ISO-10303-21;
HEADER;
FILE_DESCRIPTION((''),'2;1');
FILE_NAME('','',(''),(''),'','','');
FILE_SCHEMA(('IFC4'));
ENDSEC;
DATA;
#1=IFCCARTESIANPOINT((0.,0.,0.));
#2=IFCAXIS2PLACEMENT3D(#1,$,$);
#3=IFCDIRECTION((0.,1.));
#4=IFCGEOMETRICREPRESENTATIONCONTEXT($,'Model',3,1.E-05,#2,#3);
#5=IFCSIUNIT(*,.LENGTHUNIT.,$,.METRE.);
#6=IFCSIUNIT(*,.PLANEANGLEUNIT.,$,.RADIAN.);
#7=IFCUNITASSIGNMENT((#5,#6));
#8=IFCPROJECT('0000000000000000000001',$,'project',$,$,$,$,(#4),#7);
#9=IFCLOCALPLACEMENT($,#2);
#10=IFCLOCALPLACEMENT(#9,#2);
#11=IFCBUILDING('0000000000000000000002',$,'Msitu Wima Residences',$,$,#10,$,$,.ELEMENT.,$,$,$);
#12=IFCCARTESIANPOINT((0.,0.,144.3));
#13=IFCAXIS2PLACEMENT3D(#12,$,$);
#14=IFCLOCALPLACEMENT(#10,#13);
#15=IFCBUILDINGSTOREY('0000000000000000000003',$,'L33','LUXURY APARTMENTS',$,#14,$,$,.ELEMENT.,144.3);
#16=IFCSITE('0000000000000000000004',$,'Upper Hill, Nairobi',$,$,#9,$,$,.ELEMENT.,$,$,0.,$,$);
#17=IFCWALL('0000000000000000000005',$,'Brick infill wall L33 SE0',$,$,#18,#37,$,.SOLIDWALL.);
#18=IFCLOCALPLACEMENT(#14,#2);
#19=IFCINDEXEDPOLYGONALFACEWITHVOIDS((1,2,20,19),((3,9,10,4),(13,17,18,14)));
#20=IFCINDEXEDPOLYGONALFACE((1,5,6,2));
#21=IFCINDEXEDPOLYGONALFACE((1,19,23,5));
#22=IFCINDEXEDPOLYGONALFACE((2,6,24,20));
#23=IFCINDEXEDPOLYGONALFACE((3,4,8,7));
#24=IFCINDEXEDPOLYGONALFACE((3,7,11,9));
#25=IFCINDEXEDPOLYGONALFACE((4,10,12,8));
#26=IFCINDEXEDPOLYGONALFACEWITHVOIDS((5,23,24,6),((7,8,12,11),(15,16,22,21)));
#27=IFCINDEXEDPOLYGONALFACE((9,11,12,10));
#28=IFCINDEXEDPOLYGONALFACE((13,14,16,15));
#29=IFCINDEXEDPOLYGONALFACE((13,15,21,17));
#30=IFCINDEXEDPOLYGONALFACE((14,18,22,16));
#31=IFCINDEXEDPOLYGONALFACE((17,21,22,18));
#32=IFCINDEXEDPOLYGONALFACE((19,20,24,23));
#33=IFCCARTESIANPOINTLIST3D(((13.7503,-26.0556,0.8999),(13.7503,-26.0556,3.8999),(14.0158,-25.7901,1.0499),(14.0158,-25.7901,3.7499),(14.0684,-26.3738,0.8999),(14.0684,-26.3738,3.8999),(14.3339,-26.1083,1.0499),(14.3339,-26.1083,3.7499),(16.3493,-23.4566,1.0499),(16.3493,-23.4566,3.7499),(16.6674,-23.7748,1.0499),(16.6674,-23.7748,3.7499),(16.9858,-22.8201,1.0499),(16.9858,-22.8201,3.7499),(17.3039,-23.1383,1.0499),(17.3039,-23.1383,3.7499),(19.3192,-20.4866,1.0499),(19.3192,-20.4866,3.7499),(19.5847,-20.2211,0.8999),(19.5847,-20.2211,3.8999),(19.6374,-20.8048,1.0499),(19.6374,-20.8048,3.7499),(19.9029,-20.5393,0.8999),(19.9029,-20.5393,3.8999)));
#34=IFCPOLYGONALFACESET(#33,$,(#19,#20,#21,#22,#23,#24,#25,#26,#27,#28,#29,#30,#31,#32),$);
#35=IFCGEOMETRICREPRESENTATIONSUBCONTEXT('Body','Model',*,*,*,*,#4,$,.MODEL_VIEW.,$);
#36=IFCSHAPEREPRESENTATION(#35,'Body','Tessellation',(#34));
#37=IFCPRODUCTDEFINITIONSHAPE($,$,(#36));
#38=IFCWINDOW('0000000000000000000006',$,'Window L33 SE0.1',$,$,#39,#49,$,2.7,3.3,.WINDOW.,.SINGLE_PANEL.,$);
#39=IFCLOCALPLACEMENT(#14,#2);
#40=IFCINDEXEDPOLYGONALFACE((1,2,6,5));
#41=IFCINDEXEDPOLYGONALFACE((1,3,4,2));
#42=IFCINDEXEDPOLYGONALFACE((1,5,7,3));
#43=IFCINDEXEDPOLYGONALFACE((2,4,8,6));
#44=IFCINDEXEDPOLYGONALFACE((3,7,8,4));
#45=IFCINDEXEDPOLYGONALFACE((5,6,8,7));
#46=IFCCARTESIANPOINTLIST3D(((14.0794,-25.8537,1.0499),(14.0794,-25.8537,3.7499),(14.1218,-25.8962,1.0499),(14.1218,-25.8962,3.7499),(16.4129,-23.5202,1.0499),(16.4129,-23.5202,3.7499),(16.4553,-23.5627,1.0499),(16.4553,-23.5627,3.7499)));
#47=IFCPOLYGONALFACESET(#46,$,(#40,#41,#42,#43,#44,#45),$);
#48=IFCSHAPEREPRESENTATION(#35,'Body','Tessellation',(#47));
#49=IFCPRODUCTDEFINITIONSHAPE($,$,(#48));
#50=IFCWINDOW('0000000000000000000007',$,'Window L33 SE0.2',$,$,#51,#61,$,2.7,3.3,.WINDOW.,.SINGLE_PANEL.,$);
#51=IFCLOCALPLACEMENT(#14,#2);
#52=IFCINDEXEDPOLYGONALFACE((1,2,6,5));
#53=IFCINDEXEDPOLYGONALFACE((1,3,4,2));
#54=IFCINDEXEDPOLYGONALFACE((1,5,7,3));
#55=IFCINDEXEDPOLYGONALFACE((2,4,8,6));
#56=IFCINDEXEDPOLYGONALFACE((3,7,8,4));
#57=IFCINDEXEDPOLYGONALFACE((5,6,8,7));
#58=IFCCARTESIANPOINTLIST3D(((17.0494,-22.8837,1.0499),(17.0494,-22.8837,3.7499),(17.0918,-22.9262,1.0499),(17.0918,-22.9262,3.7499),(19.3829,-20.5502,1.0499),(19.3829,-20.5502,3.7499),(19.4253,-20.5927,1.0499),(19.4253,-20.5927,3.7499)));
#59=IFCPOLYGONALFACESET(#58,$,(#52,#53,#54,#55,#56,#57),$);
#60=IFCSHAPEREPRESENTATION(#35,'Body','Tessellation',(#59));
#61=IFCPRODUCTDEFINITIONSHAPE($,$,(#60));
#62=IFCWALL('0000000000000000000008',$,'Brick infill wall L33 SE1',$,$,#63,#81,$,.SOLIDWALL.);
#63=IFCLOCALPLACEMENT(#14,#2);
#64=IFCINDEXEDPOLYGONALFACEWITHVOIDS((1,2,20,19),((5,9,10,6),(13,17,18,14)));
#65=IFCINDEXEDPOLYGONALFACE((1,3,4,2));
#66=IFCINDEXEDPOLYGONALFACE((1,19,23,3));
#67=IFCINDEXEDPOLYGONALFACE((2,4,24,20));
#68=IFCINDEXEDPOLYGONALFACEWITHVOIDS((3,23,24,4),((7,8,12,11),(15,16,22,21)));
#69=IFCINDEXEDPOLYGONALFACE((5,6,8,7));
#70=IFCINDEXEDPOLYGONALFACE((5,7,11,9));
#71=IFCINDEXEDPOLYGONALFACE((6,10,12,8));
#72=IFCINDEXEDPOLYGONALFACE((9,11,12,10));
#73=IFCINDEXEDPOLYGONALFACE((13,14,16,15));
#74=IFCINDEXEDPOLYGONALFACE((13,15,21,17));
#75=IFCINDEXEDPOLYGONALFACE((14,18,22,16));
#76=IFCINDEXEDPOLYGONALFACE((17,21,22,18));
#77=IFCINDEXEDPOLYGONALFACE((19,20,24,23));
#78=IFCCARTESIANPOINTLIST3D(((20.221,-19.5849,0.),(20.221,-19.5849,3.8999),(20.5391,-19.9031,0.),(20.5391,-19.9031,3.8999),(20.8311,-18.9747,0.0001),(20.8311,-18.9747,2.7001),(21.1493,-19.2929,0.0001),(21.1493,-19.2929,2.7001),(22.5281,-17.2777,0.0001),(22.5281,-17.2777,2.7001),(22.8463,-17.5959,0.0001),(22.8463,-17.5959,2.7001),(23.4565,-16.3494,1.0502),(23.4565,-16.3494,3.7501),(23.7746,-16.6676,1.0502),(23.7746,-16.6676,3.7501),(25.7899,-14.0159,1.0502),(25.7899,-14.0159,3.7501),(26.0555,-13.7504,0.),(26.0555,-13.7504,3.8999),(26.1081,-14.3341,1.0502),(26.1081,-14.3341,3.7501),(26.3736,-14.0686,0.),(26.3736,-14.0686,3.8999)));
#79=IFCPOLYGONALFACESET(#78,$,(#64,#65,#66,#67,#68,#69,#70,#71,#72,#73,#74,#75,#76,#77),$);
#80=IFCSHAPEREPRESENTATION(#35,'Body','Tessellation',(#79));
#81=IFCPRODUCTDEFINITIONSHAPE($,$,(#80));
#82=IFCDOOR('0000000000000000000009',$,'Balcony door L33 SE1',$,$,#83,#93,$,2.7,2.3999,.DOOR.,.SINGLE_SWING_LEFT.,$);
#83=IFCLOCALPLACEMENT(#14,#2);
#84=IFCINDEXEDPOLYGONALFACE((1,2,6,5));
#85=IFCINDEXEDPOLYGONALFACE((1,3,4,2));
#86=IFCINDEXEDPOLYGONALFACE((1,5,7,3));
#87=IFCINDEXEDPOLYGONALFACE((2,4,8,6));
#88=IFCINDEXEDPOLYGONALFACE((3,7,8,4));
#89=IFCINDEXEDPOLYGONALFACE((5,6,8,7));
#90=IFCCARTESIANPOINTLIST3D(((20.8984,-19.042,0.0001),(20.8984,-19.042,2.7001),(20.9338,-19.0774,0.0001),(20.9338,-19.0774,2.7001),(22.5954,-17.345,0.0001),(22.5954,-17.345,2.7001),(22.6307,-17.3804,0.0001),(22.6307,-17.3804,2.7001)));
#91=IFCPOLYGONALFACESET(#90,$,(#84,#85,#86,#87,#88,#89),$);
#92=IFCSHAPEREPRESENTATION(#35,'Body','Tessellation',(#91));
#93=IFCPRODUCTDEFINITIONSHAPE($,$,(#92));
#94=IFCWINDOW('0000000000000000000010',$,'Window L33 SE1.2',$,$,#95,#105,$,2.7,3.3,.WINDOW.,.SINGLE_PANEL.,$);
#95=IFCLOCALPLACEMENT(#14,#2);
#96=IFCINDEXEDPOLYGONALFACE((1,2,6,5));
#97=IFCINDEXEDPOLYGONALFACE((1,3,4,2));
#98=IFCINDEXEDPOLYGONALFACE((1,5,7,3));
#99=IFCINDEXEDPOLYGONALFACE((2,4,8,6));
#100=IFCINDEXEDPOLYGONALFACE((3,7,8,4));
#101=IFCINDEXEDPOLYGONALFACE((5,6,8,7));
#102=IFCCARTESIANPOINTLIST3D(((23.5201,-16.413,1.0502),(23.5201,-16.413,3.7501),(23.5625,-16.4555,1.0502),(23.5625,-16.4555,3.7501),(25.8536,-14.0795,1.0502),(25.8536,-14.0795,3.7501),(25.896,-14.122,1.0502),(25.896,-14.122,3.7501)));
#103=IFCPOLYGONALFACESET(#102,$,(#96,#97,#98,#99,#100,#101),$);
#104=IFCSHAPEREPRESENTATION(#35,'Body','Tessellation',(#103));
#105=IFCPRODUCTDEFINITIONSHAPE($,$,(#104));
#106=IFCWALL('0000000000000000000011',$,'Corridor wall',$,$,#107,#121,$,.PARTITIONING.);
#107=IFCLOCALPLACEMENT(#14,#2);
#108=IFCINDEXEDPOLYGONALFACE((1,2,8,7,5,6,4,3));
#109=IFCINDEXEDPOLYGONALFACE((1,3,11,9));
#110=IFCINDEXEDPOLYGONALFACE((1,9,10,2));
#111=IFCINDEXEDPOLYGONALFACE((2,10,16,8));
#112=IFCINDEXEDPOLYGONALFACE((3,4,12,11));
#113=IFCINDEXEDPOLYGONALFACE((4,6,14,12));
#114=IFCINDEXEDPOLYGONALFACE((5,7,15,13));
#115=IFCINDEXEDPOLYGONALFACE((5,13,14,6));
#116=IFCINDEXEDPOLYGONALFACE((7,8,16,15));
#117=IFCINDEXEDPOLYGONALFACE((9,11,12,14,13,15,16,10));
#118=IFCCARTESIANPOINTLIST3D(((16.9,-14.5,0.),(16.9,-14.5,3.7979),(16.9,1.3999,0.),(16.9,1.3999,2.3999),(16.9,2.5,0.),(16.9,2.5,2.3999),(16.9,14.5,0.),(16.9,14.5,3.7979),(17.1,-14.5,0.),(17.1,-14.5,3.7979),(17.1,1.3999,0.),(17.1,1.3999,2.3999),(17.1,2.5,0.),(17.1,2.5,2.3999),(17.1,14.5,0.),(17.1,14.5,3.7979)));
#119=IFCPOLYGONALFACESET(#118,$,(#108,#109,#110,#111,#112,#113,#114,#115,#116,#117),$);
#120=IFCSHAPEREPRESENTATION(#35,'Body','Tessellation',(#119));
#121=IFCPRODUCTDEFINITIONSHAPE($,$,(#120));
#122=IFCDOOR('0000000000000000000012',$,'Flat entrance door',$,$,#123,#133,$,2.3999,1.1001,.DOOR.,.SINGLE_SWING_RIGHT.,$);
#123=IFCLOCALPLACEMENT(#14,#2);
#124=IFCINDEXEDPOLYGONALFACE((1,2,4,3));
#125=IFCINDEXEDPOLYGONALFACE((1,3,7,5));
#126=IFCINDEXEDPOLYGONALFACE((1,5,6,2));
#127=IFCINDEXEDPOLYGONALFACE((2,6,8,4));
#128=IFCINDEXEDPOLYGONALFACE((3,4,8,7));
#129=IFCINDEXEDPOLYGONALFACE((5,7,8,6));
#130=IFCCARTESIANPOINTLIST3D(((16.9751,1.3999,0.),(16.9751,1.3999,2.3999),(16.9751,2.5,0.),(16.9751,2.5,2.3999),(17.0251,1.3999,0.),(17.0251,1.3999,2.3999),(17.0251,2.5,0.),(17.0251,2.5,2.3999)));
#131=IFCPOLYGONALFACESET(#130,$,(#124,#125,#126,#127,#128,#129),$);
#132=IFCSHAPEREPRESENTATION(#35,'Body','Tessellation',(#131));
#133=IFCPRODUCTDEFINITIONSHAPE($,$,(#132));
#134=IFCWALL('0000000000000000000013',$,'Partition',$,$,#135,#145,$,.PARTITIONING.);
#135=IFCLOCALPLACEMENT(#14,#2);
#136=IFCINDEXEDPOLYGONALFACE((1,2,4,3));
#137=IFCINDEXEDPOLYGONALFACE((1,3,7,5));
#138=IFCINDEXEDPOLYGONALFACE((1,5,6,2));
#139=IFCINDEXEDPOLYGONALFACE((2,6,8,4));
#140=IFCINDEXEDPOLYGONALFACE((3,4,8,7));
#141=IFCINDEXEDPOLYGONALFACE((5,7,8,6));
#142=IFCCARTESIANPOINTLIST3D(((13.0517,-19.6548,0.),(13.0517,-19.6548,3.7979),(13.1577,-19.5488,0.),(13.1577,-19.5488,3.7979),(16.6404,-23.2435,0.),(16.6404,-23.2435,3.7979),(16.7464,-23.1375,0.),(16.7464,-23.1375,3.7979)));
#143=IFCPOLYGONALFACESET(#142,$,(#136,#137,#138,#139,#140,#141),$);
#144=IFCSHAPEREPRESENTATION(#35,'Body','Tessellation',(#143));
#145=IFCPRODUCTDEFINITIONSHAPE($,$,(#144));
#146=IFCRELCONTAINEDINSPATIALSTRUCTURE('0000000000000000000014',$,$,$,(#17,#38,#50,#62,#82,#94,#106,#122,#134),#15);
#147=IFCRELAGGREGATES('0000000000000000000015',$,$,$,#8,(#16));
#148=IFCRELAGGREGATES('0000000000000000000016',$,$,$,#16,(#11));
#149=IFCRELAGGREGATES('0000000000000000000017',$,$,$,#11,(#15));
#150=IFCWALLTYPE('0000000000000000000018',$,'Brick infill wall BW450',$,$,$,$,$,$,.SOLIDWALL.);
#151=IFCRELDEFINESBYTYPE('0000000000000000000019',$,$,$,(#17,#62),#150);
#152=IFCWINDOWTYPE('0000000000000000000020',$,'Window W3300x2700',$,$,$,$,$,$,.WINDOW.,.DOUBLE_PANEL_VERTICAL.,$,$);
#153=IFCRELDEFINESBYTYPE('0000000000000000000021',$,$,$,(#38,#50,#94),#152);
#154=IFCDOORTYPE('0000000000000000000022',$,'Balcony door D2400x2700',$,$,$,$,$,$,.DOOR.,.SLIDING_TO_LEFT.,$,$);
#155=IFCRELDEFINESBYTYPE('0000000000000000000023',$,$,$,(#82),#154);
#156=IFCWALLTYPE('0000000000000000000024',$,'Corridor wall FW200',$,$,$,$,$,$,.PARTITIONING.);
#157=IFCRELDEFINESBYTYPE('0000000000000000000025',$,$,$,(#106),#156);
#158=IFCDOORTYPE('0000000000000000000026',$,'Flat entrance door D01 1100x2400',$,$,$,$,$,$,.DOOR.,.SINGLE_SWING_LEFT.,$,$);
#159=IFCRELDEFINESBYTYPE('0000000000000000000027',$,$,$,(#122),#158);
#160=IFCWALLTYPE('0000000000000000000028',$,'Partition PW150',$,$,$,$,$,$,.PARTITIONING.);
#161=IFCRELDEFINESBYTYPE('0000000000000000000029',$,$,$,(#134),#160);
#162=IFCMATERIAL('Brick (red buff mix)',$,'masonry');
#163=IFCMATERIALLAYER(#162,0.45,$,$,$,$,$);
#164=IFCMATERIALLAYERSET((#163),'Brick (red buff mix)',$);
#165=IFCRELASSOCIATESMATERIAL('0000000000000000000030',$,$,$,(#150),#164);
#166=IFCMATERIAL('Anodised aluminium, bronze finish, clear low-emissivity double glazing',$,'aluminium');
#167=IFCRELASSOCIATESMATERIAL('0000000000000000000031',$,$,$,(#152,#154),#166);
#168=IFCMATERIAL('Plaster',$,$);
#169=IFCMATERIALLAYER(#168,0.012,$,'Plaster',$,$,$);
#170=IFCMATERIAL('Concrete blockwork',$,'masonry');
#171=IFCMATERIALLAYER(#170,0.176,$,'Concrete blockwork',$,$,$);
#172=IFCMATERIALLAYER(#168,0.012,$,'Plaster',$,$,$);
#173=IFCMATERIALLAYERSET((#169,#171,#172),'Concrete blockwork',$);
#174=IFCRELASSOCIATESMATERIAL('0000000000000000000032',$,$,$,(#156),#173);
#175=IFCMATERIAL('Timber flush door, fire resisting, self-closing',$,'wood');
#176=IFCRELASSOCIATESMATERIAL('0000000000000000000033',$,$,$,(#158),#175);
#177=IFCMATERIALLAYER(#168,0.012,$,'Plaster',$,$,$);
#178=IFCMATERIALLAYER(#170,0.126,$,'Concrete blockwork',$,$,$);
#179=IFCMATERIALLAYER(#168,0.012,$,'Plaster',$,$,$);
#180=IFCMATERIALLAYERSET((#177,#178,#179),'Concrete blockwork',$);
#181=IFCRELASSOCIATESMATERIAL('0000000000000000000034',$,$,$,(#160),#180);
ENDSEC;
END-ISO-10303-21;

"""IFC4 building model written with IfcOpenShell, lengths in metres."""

from ifc_helpers import new_model, si_unit, direction, frame, frame_2d, origin, place, context, subcontext, project, spatial, rectangle, extrude, material, layer, layer_set, type_object, element, fill, save


model = new_model("IFC4")

# Units and contexts
model_context = context("Model", 3, precision=1e-05, world=origin(), true_north=direction((0.0, 1.0)))
body_context = subcontext(model_context, "Body", "Model", "MODEL_VIEW")
ifc_project = project(units=[si_unit("LENGTHUNIT", "METRE"), si_unit("PLANEANGLEUNIT", "RADIAN")], contexts=[model_context])

# Site, building, storey
site_placement = place(None, origin())
site = spatial("IfcSite", under=ifc_project, at=site_placement, Name="Upper Hill, Nairobi", CompositionType="ELEMENT", RefElevation=0.0)
building_placement = place(site_placement, origin())
building = spatial("IfcBuilding", under=site, at=building_placement, Name="Msitu Wima Residences", CompositionType="ELEMENT")
storey_placement = place(building_placement, frame((0.0, 0.0, 144.3)))
storey = spatial("IfcBuildingStorey", under=building, at=storey_placement, Name="L33", Description="LUXURY APARTMENTS", CompositionType="ELEMENT", Elevation=144.3)

# Wall, openings, windows
ifc_material_1 = material(Name="Brick (red buff mix)", Category="masonry")
ifc_layer_1 = layer(ifc_material_1, 0.45)
ifc_layer_set_1 = layer_set([ifc_layer_1], Name="Brick (red buff mix)")
wall_type_1 = type_object("IfcWallType", Name="Brick infill wall BW450", PredefinedType="SOLIDWALL", material=ifc_layer_set_1)
wall_1_placement = place(storey_placement, frame((13.9094, -26.2146, 0.8999), z_axis=(0.0, 0.0, 1.0), x_axis=(0.707107, 0.707107, 0.0)))
wall_1 = element("IfcWall", 1, at=wall_1_placement, inside=storey, type_object=wall_type_1, Name="Brick infill wall L33 SE0", PredefinedType="SOLIDWALL", context=body_context, shape_type="SweptSolid", body=[
    extrude(rectangle(XDim=8.2512, YDim=0.45, at=frame_2d((4.1255, 0.0))), origin(), (0.0, 0.0, 1.0), 3.0),
])
opening_1_placement = place(wall_1_placement, frame((0.3755, 0.0, 0.1499)))
opening_1 = element("IfcOpeningElement", 2, at=opening_1_placement, cuts=wall_1, PredefinedType="OPENING", context=body_context, shape_type="SweptSolid", body=[
    extrude(rectangle(XDim=3.3, YDim=2.7, at=frame_2d((1.6499, 1.3501))), frame((0.0, 0.2349, 0.0), z_axis=(0.0, -1.0, 0.0), x_axis=(1.0, 0.0, 0.0)), (0.0, 0.0, 1.0), 0.47),
])
opening_2_placement = place(wall_1_placement, frame((4.5757, 0.0, 0.1499)))
opening_2 = element("IfcOpeningElement", 3, at=opening_2_placement, cuts=wall_1, PredefinedType="OPENING", context=body_context, shape_type="SweptSolid", body=[
    extrude(rectangle(XDim=3.3, YDim=2.7, at=frame_2d((1.6499, 1.3501))), frame((0.0, 0.2349, 0.0), z_axis=(0.0, -1.0, 0.0), x_axis=(1.0, 0.0, 0.0)), (0.0, 0.0, 1.0), 0.47),
])
ifc_material_2 = material(Name="Anodised aluminium, bronze finish, clear low-emissivity double glazing", Category="aluminium")
window_type = type_object("IfcWindowType", Name="Window W3300x2700", PartitioningType="DOUBLE_PANEL_VERTICAL", PredefinedType="WINDOW", material=ifc_material_2)
window_1_placement = place(opening_1_placement, origin())
window_1 = element("IfcWindow", 4, at=window_1_placement, inside=storey, type_object=window_type, Name="Window L33 SE0.1", OverallHeight=2.7, OverallWidth=3.3, PartitioningType="SINGLE_PANEL", PredefinedType="WINDOW", context=body_context, shape_type="SweptSolid", body=[
    extrude(rectangle(XDim=3.3, YDim=2.7, at=frame_2d((1.6499, 1.3501))), frame((0.0, 0.135, 0.0), z_axis=(0.0, -1.0, 0.0), x_axis=(1.0, 0.0, 0.0)), (0.0, 0.0, 1.0), 0.0601),
])
fill(opening_1, window_1)
window_2_placement = place(opening_2_placement, origin())
window_2 = element("IfcWindow", 5, at=window_2_placement, inside=storey, type_object=window_type, Name="Window L33 SE0.2", OverallHeight=2.7, OverallWidth=3.3, PartitioningType="SINGLE_PANEL", PredefinedType="WINDOW", context=body_context, shape_type="SweptSolid", body=[
    extrude(rectangle(XDim=3.3, YDim=2.7, at=frame_2d((1.6499, 1.3501))), frame((0.0, 0.135, 0.0), z_axis=(0.0, -1.0, 0.0), x_axis=(1.0, 0.0, 0.0)), (0.0, 0.0, 1.0), 0.0601),
])
fill(opening_2, window_2)

# Wall, openings, door, window
wall_2_placement = place(storey_placement, frame((20.3801, -19.7439, 0.0), z_axis=(0.0, 0.0, 1.0), x_axis=(0.707107, 0.707107, 0.0)))
wall_2 = element("IfcWall", 6, at=wall_2_placement, inside=storey, type_object=wall_type_1, Name="Brick infill wall L33 SE1", PredefinedType="SOLIDWALL", context=body_context, shape_type="SweptSolid", body=[
    extrude(rectangle(XDim=8.2512, YDim=0.45, at=frame_2d((4.1255, 0.0))), origin(), (0.0, 0.0, 1.0), 3.8999),
])
opening_3_placement = place(wall_2_placement, frame((0.8628, 0.0, 0.0)))
opening_3 = element("IfcOpeningElement", 7, at=opening_3_placement, cuts=wall_2, PredefinedType="OPENING", context=body_context, shape_type="SweptSolid", body=[
    extrude(rectangle(XDim=2.3999, YDim=2.7, at=frame_2d((1.2, 1.3501))), frame((0.0, 0.2349, 0.0), z_axis=(0.0, -1.0, 0.0), x_axis=(1.0, 0.0, 0.0)), (0.0, 0.0, 1.0), 0.47),
])
opening_4_placement = place(wall_2_placement, frame((4.5757, 0.0, 1.05)))
opening_4 = element("IfcOpeningElement", 8, at=opening_4_placement, cuts=wall_2, PredefinedType="OPENING", context=body_context, shape_type="SweptSolid", body=[
    extrude(rectangle(XDim=3.3, YDim=2.7, at=frame_2d((1.6499, 1.3501))), frame((0.0, 0.2349, 0.0), z_axis=(0.0, -1.0, 0.0), x_axis=(1.0, 0.0, 0.0)), (0.0, 0.0, 1.0), 0.47),
])
door_type_1 = type_object("IfcDoorType", Name="Balcony door D2400x2700", OperationType="SLIDING_TO_LEFT", PredefinedType="DOOR", material=ifc_material_2)
door_1_placement = place(opening_3_placement, origin())
door_1 = element("IfcDoor", 9, at=door_1_placement, inside=storey, type_object=door_type_1, Name="Balcony door L33 SE1", OperationType="SINGLE_SWING_LEFT", OverallHeight=2.7, OverallWidth=2.3999, PredefinedType="DOOR", context=body_context, shape_type="SweptSolid", body=[
    extrude(rectangle(XDim=2.3999, YDim=2.7, at=frame_2d((1.2, 1.3501))), frame((0.0, 0.1299, 0.0), z_axis=(0.0, -1.0, 0.0), x_axis=(1.0, 0.0, 0.0)), (0.0, 0.0, 1.0), 0.05),
])
fill(opening_3, door_1)
window_3_placement = place(opening_4_placement, origin())
window_3 = element("IfcWindow", 10, at=window_3_placement, inside=storey, type_object=window_type, Name="Window L33 SE1.2", OverallHeight=2.7, OverallWidth=3.3, PartitioningType="SINGLE_PANEL", PredefinedType="WINDOW", context=body_context, shape_type="SweptSolid", body=[
    extrude(rectangle(XDim=3.3, YDim=2.7, at=frame_2d((1.6499, 1.3501))), frame((0.0, 0.135, 0.0), z_axis=(0.0, -1.0, 0.0), x_axis=(1.0, 0.0, 0.0)), (0.0, 0.0, 1.0), 0.0601),
])
fill(opening_4, window_3)

# Wall, opening, door
ifc_material_3 = material(Name="Plaster")
ifc_layer_2 = layer(ifc_material_3, 0.012, Name="Plaster")
ifc_material_4 = material(Name="Concrete blockwork", Category="masonry")
ifc_layer_3 = layer(ifc_material_4, 0.176, Name="Concrete blockwork")
ifc_layer_4 = layer(ifc_material_3, 0.012, Name="Plaster")
ifc_layer_set_2 = layer_set([ifc_layer_2, ifc_layer_3, ifc_layer_4], Name="Concrete blockwork")
wall_type_2 = type_object("IfcWallType", Name="Corridor wall FW200", PredefinedType="PARTITIONING", material=ifc_layer_set_2)
wall_3_placement = place(storey_placement, frame((17.0, -14.5, 0.0), z_axis=(0.0, 0.0, 1.0), x_axis=(0.0, 1.0, 0.0)))
wall_3 = element("IfcWall", 11, at=wall_3_placement, inside=storey, type_object=wall_type_2, Name="Corridor wall", PredefinedType="PARTITIONING", context=body_context, shape_type="SweptSolid", body=[
    extrude(rectangle(XDim=29.0, YDim=0.2, at=frame_2d((14.5, 0.0))), origin(), (0.0, 0.0, 1.0), 3.7979),
])
opening_5_placement = place(wall_3_placement, frame((15.8999, 0.0, 0.0)))
opening_5 = element("IfcOpeningElement", 12, at=opening_5_placement, cuts=wall_3, PredefinedType="OPENING", context=body_context, shape_type="SweptSolid", body=[
    extrude(rectangle(XDim=1.1001, YDim=2.3999, at=frame_2d((0.55, 1.2))), frame((0.0, 0.1099, 0.0), z_axis=(0.0, -1.0, 0.0), x_axis=(1.0, 0.0, 0.0)), (0.0, 0.0, 1.0), 0.22),
])
ifc_material_5 = material(Name="Timber flush door, fire resisting, self-closing", Category="wood")
door_type_2 = type_object("IfcDoorType", Name="Flat entrance door D01 1100x2400", OperationType="SINGLE_SWING_LEFT", PredefinedType="DOOR", material=ifc_material_5)
door_2_placement = place(opening_5_placement, origin())
door_2 = element("IfcDoor", 13, at=door_2_placement, inside=storey, type_object=door_type_2, Name="Flat entrance door", OperationType="SINGLE_SWING_RIGHT", OverallHeight=2.3999, OverallWidth=1.1001, PredefinedType="DOOR", context=body_context, shape_type="SweptSolid", body=[
    extrude(rectangle(XDim=1.1001, YDim=2.3999, at=frame_2d((0.55, 1.2))), frame((0.0, 0.0249, 0.0), z_axis=(0.0, -1.0, 0.0), x_axis=(1.0, 0.0, 0.0)), (0.0, 0.0, 1.0), 0.05),
])
fill(opening_5, door_2)

# Wall
ifc_layer_5 = layer(ifc_material_3, 0.012, Name="Plaster")
ifc_layer_6 = layer(ifc_material_4, 0.126, Name="Concrete blockwork")
ifc_layer_7 = layer(ifc_material_3, 0.012, Name="Plaster")
ifc_layer_set_3 = layer_set([ifc_layer_5, ifc_layer_6, ifc_layer_7], Name="Concrete blockwork")
wall_type_3 = type_object("IfcWallType", Name="Partition PW150", PredefinedType="PARTITIONING", material=ifc_layer_set_3)
wall_4_placement = place(storey_placement, frame((13.1047, -19.6018, 0.0), z_axis=(0.0, 0.0, 1.0), x_axis=(0.707107, -0.707107, 0.0)))
element("IfcWall", 14, at=wall_4_placement, inside=storey, type_object=wall_type_3, Name="Partition", PredefinedType="PARTITIONING", context=body_context, shape_type="SweptSolid", body=[
    extrude(rectangle(XDim=5.0752, YDim=0.1499, at=frame_2d((2.5376, 0.0))), origin(), (0.0, 0.0, 1.0), 3.7979),
])

save(model, "model.ifc")
